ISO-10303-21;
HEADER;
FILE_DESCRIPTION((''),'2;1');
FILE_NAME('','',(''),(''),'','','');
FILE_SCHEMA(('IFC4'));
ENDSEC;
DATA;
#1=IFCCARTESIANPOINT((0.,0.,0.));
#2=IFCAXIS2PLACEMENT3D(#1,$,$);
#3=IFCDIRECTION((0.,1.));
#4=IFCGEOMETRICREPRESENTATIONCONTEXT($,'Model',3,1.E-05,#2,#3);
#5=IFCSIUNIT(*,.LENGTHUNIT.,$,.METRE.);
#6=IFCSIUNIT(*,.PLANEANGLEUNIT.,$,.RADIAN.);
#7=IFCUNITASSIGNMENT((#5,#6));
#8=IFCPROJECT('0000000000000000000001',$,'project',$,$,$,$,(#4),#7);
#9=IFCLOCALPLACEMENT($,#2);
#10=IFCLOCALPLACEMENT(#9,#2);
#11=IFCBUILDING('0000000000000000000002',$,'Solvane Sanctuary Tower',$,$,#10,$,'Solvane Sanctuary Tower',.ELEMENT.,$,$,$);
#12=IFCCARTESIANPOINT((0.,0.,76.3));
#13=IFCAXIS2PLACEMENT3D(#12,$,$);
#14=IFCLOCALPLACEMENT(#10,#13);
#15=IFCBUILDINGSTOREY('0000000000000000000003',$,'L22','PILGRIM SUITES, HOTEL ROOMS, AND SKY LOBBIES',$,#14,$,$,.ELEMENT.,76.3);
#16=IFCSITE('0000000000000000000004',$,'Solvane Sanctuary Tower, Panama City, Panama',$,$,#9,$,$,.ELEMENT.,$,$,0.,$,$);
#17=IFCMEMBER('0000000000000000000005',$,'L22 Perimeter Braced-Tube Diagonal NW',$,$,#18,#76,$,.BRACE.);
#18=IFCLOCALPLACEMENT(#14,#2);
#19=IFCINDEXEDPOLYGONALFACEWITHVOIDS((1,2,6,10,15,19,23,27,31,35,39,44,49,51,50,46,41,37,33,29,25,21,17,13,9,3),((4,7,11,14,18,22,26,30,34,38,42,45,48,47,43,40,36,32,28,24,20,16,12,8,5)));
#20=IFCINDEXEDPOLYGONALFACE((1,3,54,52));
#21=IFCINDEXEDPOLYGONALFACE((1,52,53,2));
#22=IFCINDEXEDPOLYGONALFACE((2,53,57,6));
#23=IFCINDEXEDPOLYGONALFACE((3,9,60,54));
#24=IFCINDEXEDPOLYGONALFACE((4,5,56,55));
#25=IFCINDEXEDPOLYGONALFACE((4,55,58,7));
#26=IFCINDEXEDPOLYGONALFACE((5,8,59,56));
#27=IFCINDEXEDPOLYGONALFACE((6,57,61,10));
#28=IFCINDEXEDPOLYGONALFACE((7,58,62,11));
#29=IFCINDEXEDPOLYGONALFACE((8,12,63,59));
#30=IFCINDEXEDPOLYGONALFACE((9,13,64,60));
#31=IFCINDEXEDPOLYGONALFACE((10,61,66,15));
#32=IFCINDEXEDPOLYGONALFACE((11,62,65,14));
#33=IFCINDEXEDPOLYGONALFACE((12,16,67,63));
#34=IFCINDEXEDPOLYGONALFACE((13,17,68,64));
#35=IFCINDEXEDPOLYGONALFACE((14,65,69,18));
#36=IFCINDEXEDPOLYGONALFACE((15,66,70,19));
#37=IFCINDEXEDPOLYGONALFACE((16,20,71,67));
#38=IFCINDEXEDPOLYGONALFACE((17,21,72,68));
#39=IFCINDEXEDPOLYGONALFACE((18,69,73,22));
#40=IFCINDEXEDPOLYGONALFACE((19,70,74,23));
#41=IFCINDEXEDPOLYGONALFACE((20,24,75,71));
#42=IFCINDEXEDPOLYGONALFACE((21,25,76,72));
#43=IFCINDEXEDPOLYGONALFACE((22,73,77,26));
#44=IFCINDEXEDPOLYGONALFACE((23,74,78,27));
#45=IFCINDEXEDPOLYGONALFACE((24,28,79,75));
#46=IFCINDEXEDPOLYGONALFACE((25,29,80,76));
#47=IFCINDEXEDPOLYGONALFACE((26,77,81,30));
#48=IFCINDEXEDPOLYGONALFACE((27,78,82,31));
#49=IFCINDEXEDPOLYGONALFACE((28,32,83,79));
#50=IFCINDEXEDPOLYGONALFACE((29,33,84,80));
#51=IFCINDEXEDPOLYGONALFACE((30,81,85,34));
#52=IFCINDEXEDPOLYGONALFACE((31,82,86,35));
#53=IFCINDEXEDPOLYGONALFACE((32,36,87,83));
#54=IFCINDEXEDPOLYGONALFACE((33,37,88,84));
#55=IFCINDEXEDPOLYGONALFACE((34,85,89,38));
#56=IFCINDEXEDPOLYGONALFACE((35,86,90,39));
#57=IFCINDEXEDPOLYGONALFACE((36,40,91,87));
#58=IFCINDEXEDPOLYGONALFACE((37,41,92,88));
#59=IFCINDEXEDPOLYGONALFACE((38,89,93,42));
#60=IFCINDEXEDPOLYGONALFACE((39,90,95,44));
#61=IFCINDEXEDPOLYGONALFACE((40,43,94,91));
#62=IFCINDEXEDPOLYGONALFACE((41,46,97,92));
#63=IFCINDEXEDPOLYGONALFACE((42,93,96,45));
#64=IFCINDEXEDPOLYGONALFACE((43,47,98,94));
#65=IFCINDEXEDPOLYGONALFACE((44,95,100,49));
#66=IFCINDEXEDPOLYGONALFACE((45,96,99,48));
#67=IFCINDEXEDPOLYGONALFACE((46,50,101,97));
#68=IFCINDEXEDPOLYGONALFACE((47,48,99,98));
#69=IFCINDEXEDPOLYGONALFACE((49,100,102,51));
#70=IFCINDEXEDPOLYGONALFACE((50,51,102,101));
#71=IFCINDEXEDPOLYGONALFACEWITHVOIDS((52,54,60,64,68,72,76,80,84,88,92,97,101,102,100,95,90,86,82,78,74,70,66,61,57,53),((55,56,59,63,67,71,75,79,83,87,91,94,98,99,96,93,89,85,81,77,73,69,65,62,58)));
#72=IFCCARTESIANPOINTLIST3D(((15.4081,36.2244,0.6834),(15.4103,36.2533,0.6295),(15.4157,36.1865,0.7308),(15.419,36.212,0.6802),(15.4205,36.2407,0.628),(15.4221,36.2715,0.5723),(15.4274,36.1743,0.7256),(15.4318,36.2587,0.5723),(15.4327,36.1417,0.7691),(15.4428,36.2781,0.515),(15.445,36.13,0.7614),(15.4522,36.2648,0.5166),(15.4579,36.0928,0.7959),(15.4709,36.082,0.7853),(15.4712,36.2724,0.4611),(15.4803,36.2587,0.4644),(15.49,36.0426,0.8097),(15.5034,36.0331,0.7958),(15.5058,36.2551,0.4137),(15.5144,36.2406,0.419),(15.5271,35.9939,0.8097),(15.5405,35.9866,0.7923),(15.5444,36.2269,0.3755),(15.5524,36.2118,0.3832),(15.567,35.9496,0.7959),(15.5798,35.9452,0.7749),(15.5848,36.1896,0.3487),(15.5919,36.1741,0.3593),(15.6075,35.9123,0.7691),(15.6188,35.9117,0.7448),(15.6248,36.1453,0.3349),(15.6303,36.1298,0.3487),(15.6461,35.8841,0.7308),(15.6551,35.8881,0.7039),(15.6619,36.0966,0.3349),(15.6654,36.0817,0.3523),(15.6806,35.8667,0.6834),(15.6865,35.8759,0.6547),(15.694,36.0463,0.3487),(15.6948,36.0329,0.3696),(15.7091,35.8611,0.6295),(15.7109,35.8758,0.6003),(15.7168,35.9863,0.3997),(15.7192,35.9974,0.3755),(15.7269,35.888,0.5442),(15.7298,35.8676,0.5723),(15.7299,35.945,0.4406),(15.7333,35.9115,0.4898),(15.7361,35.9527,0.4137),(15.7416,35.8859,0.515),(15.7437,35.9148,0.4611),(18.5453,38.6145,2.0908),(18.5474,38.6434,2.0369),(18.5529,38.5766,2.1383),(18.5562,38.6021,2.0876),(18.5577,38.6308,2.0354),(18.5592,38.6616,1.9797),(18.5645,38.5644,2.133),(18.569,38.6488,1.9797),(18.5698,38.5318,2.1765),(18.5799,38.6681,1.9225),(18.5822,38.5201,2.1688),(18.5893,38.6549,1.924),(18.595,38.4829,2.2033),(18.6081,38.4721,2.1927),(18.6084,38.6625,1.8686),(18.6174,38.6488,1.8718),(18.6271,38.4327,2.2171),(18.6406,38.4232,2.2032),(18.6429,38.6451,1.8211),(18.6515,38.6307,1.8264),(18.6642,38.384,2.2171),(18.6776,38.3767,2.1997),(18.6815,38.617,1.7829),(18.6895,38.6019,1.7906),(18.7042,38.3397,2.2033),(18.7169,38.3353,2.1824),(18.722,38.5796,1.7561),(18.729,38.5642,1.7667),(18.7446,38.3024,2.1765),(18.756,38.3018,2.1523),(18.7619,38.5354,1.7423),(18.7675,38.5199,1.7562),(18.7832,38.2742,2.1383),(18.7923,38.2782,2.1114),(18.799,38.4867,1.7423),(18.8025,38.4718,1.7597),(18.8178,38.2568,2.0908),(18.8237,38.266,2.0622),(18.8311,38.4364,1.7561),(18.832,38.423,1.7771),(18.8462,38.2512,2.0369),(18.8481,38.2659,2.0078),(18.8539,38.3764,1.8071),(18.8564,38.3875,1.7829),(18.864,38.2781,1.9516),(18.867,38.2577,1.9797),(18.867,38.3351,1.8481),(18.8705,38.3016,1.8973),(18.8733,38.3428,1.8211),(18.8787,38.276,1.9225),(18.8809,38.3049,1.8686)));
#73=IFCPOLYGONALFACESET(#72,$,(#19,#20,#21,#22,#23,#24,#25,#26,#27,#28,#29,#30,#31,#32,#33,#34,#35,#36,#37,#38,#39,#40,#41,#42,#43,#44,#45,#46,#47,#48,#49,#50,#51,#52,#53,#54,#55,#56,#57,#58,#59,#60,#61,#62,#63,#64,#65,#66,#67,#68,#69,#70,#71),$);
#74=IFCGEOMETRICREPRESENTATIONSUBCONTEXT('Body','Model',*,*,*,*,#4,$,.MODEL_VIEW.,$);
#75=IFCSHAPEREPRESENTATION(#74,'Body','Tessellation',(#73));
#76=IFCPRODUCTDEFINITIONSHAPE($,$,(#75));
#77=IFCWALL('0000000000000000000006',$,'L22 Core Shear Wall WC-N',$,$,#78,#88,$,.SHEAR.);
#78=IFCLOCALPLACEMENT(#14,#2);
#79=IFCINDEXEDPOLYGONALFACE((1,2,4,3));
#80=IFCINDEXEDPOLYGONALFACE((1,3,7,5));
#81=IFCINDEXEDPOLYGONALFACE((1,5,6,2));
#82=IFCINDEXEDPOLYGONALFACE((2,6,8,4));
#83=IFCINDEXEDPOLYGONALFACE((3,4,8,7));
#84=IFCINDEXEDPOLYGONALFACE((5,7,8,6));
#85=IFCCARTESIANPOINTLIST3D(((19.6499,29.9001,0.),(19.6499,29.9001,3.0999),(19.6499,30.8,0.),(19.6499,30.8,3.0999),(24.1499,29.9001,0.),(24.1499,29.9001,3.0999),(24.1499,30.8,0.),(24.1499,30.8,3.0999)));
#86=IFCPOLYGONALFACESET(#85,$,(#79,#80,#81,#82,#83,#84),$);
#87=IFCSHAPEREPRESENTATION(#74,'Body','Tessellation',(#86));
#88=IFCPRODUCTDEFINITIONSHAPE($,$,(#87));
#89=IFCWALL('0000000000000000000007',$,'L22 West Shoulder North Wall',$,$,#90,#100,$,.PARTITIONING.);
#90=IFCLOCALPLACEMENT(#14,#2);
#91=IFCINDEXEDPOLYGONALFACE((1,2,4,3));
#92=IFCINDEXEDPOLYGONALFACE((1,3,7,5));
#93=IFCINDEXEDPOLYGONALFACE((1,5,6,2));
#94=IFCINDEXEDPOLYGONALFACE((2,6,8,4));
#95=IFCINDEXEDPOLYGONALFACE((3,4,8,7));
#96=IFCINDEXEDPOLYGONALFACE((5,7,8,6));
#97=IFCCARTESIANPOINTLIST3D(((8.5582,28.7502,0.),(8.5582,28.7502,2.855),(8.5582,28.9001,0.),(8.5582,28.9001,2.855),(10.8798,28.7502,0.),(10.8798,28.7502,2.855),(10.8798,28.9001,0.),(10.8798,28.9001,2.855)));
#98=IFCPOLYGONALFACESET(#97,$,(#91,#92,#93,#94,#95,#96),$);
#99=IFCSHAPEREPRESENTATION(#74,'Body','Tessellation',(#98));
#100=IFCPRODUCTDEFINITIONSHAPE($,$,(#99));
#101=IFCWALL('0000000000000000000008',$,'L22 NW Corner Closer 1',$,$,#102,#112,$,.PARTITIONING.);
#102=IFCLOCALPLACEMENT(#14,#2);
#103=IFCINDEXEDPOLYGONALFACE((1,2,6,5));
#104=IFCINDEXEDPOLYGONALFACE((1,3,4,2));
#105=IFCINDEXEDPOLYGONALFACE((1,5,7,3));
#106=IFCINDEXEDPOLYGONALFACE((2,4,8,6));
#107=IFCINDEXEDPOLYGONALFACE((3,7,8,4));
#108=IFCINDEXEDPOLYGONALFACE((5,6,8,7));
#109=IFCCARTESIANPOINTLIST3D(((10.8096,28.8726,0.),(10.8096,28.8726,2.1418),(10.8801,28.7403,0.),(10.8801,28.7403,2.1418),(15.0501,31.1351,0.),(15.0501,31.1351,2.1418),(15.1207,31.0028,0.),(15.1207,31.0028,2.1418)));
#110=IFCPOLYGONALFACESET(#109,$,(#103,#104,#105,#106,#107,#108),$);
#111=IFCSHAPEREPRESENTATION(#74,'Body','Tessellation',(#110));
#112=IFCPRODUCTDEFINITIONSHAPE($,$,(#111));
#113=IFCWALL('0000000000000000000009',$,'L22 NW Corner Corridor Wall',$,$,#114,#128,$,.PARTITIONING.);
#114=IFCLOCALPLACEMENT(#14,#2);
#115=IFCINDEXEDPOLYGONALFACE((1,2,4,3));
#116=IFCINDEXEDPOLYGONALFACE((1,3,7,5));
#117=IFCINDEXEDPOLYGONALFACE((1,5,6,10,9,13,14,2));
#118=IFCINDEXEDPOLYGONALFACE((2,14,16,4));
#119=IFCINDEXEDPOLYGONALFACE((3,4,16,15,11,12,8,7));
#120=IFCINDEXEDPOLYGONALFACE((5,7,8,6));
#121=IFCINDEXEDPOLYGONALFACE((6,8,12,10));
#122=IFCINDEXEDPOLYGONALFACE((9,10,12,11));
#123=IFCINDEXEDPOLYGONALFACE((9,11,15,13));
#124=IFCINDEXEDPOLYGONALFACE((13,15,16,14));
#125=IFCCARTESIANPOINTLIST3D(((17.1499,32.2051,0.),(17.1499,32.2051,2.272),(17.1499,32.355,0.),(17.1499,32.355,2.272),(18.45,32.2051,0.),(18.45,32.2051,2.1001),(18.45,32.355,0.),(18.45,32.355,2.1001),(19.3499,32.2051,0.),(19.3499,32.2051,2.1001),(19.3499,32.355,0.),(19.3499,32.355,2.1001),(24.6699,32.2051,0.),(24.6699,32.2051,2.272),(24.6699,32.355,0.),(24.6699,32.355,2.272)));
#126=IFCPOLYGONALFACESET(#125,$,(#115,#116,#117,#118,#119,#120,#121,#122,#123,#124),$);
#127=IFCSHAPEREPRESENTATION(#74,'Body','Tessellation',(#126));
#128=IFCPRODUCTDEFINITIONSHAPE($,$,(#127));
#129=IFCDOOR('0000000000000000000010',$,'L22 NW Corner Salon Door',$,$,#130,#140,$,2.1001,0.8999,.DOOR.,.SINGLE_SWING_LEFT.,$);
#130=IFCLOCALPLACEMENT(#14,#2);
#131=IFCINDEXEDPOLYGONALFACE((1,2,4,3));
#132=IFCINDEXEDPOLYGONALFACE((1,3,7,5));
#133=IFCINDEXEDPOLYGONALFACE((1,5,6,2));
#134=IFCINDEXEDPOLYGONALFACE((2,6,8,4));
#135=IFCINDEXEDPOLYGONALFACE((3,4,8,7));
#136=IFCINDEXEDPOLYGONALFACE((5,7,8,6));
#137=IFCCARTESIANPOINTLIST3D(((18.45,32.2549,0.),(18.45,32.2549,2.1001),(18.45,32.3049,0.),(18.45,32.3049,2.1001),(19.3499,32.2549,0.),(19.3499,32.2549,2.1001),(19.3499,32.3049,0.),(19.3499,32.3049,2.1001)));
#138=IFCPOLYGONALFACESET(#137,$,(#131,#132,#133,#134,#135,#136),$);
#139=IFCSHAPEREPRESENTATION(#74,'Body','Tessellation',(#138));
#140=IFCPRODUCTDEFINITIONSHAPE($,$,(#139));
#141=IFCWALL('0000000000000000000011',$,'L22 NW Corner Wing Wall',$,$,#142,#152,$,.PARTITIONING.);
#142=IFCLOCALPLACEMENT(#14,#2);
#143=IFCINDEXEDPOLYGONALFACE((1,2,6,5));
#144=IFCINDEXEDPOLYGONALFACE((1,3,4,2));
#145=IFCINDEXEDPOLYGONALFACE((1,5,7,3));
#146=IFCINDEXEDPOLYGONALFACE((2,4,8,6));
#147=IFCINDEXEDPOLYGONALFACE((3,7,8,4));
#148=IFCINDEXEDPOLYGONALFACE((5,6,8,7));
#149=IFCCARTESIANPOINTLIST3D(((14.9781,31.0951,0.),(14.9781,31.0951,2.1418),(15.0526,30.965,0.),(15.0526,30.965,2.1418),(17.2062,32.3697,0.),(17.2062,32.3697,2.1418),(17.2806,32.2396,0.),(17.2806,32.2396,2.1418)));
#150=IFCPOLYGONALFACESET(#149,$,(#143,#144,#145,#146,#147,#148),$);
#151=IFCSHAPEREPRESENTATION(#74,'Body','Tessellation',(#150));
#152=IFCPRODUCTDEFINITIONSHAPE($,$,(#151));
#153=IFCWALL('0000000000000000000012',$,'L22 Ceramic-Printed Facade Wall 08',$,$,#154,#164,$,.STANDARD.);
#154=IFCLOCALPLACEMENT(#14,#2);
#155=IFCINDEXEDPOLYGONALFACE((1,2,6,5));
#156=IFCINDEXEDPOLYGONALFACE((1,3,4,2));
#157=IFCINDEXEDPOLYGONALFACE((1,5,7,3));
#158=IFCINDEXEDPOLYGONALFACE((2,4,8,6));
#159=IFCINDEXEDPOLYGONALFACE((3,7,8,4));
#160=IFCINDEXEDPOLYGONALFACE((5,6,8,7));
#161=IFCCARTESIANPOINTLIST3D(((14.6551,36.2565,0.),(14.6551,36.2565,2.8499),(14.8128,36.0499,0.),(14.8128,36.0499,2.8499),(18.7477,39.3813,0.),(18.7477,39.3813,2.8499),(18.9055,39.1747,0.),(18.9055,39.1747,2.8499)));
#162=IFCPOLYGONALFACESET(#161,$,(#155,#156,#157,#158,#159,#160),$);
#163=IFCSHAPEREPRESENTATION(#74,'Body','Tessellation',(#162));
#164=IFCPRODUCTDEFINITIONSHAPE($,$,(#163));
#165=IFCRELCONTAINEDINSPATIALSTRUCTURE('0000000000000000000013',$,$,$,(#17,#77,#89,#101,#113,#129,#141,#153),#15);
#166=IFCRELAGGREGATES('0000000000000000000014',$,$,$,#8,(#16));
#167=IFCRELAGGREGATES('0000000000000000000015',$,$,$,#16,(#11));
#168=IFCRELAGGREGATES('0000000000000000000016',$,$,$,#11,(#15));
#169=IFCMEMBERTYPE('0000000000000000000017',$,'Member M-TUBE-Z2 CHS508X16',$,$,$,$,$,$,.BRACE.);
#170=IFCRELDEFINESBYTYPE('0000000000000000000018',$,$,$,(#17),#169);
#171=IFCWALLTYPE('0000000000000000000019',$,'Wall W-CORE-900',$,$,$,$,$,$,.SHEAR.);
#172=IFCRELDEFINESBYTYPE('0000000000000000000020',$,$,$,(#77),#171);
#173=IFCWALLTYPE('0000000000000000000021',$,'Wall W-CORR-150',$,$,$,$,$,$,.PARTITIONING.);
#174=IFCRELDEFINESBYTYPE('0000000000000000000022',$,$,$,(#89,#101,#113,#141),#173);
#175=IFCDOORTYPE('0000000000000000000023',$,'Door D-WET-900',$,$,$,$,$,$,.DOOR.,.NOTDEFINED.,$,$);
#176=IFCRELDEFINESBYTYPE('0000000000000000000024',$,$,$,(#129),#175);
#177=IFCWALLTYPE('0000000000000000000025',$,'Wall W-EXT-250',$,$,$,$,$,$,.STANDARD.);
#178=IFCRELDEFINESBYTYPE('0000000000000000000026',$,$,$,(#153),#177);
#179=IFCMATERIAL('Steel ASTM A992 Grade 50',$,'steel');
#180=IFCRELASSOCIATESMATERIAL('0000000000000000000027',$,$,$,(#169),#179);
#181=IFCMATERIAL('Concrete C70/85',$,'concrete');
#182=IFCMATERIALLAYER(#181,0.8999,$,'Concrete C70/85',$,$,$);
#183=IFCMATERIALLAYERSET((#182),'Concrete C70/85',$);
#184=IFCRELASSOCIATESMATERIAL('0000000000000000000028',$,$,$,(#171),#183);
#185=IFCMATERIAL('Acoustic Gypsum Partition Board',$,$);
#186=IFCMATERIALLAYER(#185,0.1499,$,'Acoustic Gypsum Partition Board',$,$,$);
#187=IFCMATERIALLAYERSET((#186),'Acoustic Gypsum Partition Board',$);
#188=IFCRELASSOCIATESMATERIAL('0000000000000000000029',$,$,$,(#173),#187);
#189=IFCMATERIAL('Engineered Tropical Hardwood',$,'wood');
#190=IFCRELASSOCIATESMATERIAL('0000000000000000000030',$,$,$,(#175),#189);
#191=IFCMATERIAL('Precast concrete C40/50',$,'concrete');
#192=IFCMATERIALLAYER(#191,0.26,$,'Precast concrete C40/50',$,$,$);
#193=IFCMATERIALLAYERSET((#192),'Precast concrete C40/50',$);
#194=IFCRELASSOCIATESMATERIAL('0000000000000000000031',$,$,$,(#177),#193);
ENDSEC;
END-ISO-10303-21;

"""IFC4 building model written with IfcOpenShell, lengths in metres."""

from ifc_helpers import new_model, si_unit, direction, frame, frame_2d, origin, origin_2d, place, context, subcontext, project, spatial, rectangle, hollow_circle, extrude, material, layer, layer_set, material_profile, profile_set, type_object, element, fill, save


model = new_model("IFC4")

# Units and contexts
model_context = context("Model", 3, precision=1e-05, world=origin(), true_north=direction((0.0, 1.0)))
body_context = subcontext(model_context, "Body", "Model", "MODEL_VIEW")
ifc_project = project(units=[si_unit("LENGTHUNIT", "METRE"), si_unit("PLANEANGLEUNIT", "RADIAN")], contexts=[model_context])

# Site, building, storey
site_placement = place(None, origin())
site = spatial("IfcSite", under=ifc_project, at=site_placement, Name="Solvane Sanctuary Tower, Panama City, Panama", CompositionType="ELEMENT", RefElevation=0.0)
building_placement = place(site_placement, origin())
building = spatial("IfcBuilding", under=site, at=building_placement, Name="Solvane Sanctuary Tower", LongName="Solvane Sanctuary Tower", CompositionType="ELEMENT")
storey_placement = place(building_placement, frame((0.0, 0.0, 76.3)))
storey = spatial("IfcBuildingStorey", under=building, at=storey_placement, Name="L22", Description="PILGRIM SUITES, HOTEL ROOMS, AND SKY LOBBIES", CompositionType="ELEMENT", Elevation=76.3)

# Shared definitions
ifc_material_1 = material(Name="Concrete C70/85", Category="concrete")

# Shared definitions
ifc_material_2 = material(Name="Steel ASTM A992 Grade 50", Category="steel")

# Member
ifc_material_profile_1 = material_profile(ifc_material_2, hollow_circle(Radius=0.2539, WallThickness=0.0161, at=origin_2d()), Name="CHS508X16")
ifc_profile_set_1 = profile_set([ifc_material_profile_1], Name="Steel ASTM A992 Grade 50")
member_type = type_object("IfcMemberType", Name="Member M-TUBE-Z2 CHS508X16", PredefinedType="BRACE", material=ifc_profile_set_1)
member_placement = place(storey_placement, frame((15.5759, 36.0696, 0.5723), z_axis=(0.74917, 0.570769, 0.336106), x_axis=(-0.606025, 0.795446, 0.0)))
element("IfcMember", 1, at=member_placement, inside=storey, type_object=member_type, Name="L22 Perimeter Braced-Tube Diagonal NW", PredefinedType="BRACE", context=body_context, shape_type="SweptSolid", body=[
    extrude(hollow_circle(Radius=0.2539, WallThickness=0.0161, at=origin_2d()), origin(), (0.0, 0.0, 1.0), 4.1875),
])

# Walls
ifc_layer_1 = layer(ifc_material_1, 0.8999, Name="Concrete C70/85")
ifc_layer_set_1 = layer_set([ifc_layer_1], Name="Concrete C70/85")
wall_type_1 = type_object("IfcWallType", Name="Wall W-CORE-900", PredefinedType="SHEAR", material=ifc_layer_set_1)
wall_1_placement = place(storey_placement, frame((19.6499, 30.3501, 0.0), z_axis=(0.0, 0.0, 1.0), x_axis=(1.0, 0.0, 0.0)))
element("IfcWall", 2, at=wall_1_placement, inside=storey, type_object=wall_type_1, Name="L22 Core Shear Wall WC-N", PredefinedType="SHEAR", context=body_context, shape_type="SweptSolid", body=[
    extrude(rectangle(XDim=4.5, YDim=0.8999, at=frame_2d((2.25, 0.0))), origin(), (0.0, 0.0, 1.0), 3.0999),
])
ifc_material_3 = material(Name="Acoustic Gypsum Partition Board")
ifc_layer_2 = layer(ifc_material_3, 0.1499, Name="Acoustic Gypsum Partition Board")
ifc_layer_set_2 = layer_set([ifc_layer_2], Name="Acoustic Gypsum Partition Board")
wall_type_2 = type_object("IfcWallType", Name="Wall W-CORR-150", PredefinedType="PARTITIONING", material=ifc_layer_set_2)
wall_2_placement = place(storey_placement, frame((8.5583, 28.8252, 0.0), z_axis=(0.0, 0.0, 1.0), x_axis=(1.0, 0.0, 0.0)))
element("IfcWall", 3, at=wall_2_placement, inside=storey, type_object=wall_type_2, Name="L22 West Shoulder North Wall", PredefinedType="PARTITIONING", context=body_context, shape_type="SweptSolid", body=[
    extrude(rectangle(XDim=2.3215, YDim=0.1499, at=frame_2d((1.1606, 0.0))), origin(), (0.0, 0.0, 1.0), 2.855),
])
wall_3_placement = place(storey_placement, frame((10.8447, 28.8064, 0.0), z_axis=(0.0, 0.0, 1.0), x_axis=(0.882278, 0.470728, 0.0)))
element("IfcWall", 4, at=wall_3_placement, inside=storey, type_object=wall_type_2, Name="L22 NW Corner Closer 1", PredefinedType="PARTITIONING", context=body_context, shape_type="SweptSolid", body=[
    extrude(rectangle(XDim=4.8064, YDim=0.1499, at=frame_2d((2.4033, 0.0))), origin(), (0.0, 0.0, 1.0), 2.1418),
])

# Wall, opening, door
wall_4_placement = place(storey_placement, frame((17.1499, 32.28, 0.0), z_axis=(0.0, 0.0, 1.0), x_axis=(1.0, 0.0, 0.0)))
wall_4 = element("IfcWall", 5, at=wall_4_placement, inside=storey, type_object=wall_type_2, Name="L22 NW Corner Corridor Wall", PredefinedType="PARTITIONING", context=body_context, shape_type="SweptSolid", body=[
    extrude(rectangle(XDim=7.52, YDim=0.1499, at=frame_2d((3.76, 0.0))), origin(), (0.0, 0.0, 1.0), 2.272),
])
opening_1_placement = place(wall_4_placement, frame((1.3, 0.0, 0.0)))
opening_1 = element("IfcOpeningElement", 6, at=opening_1_placement, cuts=wall_4, PredefinedType="OPENING", context=body_context, shape_type="SweptSolid", body=[
    extrude(rectangle(XDim=0.8999, YDim=2.1001, at=frame_2d((0.45, 1.05))), frame((0.0, 0.085, 0.0), z_axis=(0.0, -1.0, 0.0), x_axis=(1.0, 0.0, 0.0)), (0.0, 0.0, 1.0), 0.1699),
])
ifc_material_4 = material(Name="Engineered Tropical Hardwood", Category="wood")
door_type_1 = type_object("IfcDoorType", Name="Door D-WET-900", OperationType="NOTDEFINED", PredefinedType="DOOR", material=ifc_material_4)
door_1_placement = place(opening_1_placement, origin())
door_1 = element("IfcDoor", 7, at=door_1_placement, inside=storey, type_object=door_type_1, Name="L22 NW Corner Salon Door", OperationType="SINGLE_SWING_LEFT", OverallHeight=2.1001, OverallWidth=0.8999, PredefinedType="DOOR", context=body_context, shape_type="SweptSolid", body=[
    extrude(rectangle(XDim=0.8999, YDim=2.1001, at=frame_2d((0.45, 1.05))), frame((0.0, 0.0249, 0.0), z_axis=(0.0, -1.0, 0.0), x_axis=(1.0, 0.0, 0.0)), (0.0, 0.0, 1.0), 0.05),
])
fill(opening_1, door_1)

# Walls
wall_5_placement = place(storey_placement, frame((17.2434, 32.3047, 0.0), z_axis=(0.0, 0.0, 1.0), x_axis=(-0.867991, -0.496579, 0.0)))
element("IfcWall", 8, at=wall_5_placement, inside=storey, type_object=wall_type_2, Name="L22 NW Corner Wing Wall", PredefinedType="PARTITIONING", context=body_context, shape_type="SweptSolid", body=[
    extrude(rectangle(XDim=2.5669, YDim=0.1499, at=frame_2d((1.2834, 0.0))), origin(), (0.0, 0.0, 1.0), 2.1418),
])
ifc_material_5 = material(Name="Precast concrete C40/50", Category="concrete")
ifc_layer_3 = layer(ifc_material_5, 0.26, Name="Precast concrete C40/50")
ifc_layer_set_3 = layer_set([ifc_layer_3], Name="Precast concrete C40/50")
wall_type_3 = type_object("IfcWallType", Name="Wall W-EXT-250", PredefinedType="STANDARD", material=ifc_layer_set_3)
wall_6_placement = place(storey_placement, frame((18.8267, 39.2781, 0.0), z_axis=(0.0, 0.0, 1.0), x_axis=(-0.79481, -0.606859, 0.0)))
element("IfcWall", 9, at=wall_6_placement, inside=storey, type_object=wall_type_3, Name="L22 Ceramic-Printed Facade Wall 08", PredefinedType="STANDARD", context=body_context, shape_type="SweptSolid", body=[
    extrude(rectangle(XDim=5.1492, YDim=0.26, at=frame_2d((2.5747, 0.0))), origin(), (0.0, 0.0, 1.0), 2.8499),
])

save(model, "model.ifc")
